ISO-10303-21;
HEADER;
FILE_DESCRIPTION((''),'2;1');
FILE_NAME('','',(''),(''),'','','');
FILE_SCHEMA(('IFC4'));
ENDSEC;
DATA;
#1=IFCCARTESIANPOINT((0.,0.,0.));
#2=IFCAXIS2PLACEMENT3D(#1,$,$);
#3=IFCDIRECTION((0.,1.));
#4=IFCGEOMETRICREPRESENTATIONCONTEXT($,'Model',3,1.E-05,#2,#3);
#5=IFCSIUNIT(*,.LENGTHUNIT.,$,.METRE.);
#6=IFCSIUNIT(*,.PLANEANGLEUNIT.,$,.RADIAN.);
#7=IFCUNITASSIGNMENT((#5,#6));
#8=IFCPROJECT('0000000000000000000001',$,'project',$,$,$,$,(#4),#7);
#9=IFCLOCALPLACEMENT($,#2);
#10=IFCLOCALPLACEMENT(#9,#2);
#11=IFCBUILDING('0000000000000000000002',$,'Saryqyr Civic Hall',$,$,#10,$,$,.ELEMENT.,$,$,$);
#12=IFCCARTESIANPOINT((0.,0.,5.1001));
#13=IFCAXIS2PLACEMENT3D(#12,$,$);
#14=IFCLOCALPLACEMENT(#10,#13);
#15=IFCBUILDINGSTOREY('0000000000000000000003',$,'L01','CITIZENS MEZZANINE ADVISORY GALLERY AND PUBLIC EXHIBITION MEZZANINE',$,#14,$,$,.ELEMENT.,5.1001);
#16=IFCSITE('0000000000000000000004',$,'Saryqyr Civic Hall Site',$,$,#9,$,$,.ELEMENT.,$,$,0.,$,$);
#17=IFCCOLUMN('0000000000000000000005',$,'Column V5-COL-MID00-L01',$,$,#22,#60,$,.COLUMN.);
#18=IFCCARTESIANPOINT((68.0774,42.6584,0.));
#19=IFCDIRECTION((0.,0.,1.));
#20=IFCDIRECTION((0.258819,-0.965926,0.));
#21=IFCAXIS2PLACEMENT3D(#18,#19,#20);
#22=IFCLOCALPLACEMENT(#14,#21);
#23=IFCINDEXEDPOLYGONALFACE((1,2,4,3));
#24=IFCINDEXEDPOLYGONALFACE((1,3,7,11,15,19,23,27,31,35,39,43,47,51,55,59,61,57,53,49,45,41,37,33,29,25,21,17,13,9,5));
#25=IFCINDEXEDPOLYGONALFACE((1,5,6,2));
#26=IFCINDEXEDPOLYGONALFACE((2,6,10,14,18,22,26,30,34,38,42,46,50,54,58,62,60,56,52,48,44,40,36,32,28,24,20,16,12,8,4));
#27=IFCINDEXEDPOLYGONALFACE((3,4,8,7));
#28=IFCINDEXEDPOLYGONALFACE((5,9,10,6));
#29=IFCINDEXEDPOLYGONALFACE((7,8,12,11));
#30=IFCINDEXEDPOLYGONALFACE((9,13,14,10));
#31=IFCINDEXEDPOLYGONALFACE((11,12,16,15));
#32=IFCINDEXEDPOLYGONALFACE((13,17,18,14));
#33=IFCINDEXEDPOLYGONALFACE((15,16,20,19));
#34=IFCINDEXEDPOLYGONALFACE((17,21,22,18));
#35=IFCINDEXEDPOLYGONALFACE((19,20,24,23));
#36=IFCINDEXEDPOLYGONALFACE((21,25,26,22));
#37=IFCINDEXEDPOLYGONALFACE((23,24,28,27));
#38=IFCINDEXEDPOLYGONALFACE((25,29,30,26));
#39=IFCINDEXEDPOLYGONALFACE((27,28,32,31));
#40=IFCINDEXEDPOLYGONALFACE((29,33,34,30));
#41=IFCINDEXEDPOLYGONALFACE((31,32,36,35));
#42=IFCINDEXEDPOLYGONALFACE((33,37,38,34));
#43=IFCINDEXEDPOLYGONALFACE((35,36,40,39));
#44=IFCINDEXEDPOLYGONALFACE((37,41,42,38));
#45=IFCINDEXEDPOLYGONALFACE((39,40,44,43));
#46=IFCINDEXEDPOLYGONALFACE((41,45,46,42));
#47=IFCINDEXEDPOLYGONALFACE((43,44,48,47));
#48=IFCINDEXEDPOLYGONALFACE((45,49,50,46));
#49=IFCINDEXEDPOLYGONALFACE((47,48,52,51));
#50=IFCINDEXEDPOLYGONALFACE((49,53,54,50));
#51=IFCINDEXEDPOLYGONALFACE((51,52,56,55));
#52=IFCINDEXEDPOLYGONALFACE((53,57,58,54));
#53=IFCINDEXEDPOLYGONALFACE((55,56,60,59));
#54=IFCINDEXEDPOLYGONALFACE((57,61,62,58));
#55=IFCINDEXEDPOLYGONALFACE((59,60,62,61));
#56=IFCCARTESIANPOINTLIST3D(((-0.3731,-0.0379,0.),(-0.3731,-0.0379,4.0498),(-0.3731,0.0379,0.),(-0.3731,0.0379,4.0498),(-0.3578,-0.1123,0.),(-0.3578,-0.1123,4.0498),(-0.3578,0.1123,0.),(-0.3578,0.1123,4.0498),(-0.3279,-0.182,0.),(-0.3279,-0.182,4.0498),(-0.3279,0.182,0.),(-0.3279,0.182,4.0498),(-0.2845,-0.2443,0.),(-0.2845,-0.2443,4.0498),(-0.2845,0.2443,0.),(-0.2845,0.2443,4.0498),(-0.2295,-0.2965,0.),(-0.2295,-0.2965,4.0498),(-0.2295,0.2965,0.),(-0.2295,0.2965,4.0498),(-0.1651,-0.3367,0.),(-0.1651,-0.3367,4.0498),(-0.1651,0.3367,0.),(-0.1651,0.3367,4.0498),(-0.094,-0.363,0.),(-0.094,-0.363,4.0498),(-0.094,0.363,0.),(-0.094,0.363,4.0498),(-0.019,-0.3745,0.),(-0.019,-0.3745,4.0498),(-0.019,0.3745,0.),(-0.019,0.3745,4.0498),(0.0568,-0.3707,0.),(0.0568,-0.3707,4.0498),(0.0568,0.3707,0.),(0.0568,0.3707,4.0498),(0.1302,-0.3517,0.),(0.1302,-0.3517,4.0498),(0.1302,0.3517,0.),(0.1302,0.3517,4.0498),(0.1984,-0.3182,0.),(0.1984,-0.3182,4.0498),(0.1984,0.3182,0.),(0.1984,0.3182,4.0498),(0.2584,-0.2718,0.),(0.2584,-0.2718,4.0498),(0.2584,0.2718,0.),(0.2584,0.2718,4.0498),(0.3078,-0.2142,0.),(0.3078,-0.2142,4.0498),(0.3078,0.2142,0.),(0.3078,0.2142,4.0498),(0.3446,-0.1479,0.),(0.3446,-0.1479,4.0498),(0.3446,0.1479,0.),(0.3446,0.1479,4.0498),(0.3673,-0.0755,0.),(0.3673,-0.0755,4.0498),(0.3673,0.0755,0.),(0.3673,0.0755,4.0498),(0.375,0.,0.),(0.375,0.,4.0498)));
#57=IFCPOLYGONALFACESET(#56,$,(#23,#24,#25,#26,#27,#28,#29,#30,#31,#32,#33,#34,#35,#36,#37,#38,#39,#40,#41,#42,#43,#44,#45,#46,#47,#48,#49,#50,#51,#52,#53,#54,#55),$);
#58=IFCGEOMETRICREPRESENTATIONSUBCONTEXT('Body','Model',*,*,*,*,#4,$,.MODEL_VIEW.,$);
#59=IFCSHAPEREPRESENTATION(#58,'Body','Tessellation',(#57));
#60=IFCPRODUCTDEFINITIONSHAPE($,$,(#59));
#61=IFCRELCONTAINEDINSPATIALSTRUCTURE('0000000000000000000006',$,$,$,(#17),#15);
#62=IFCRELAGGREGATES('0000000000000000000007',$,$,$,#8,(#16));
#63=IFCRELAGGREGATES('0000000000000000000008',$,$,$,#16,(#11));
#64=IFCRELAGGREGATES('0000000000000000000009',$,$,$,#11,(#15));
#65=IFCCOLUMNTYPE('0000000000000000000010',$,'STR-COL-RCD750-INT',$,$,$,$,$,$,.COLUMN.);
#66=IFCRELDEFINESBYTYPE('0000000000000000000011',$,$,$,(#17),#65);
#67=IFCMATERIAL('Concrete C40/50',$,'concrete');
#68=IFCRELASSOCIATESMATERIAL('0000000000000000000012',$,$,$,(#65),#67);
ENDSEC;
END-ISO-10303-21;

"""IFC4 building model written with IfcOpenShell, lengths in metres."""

from ifc_helpers import new_model, si_unit, direction, frame, origin, origin_2d, place, context, subcontext, project, spatial, circle, extrude, material, material_profile, profile_set, type_object, element, save


model = new_model("IFC4")

# Units and contexts
model_context = context("Model", 3, precision=1e-05, world=origin(), true_north=direction((0.0, 1.0)))
body_context = subcontext(model_context, "Body", "Model", "MODEL_VIEW")
ifc_project = project(units=[si_unit("LENGTHUNIT", "METRE"), si_unit("PLANEANGLEUNIT", "RADIAN")], contexts=[model_context])

# Site, building, storey
site_placement = place(None, origin())
site = spatial("IfcSite", under=ifc_project, at=site_placement, Name="Saryqyr Civic Hall Site", CompositionType="ELEMENT", RefElevation=0.0)
building_placement = place(site_placement, origin())
building = spatial("IfcBuilding", under=site, at=building_placement, Name="Saryqyr Civic Hall", CompositionType="ELEMENT")
storey_placement = place(building_placement, frame((0.0, 0.0, 5.1001)))
storey = spatial("IfcBuildingStorey", under=building, at=storey_placement, Name="L01", Description="CITIZENS MEZZANINE ADVISORY GALLERY AND PUBLIC EXHIBITION MEZZANINE", CompositionType="ELEMENT", Elevation=5.1001)

# Column
ifc_material_1 = material(Name="Concrete C40/50", Category="concrete")
ifc_material_profile_1 = material_profile(ifc_material_1, circle(Radius=0.375, at=origin_2d()), Name="RC D750")
ifc_profile_set_1 = profile_set([ifc_material_profile_1], Name="Concrete C40/50")
column_type_1 = type_object("IfcColumnType", Name="STR-COL-RCD750-INT", PredefinedType="COLUMN", material=ifc_profile_set_1)
column_placement = place(storey_placement, frame((68.0774, 42.6584, 0.0), z_axis=(0.0, 0.0, 1.0), x_axis=(0.258819, -0.965926, 0.0)))
element("IfcColumn", 1, at=column_placement, inside=storey, type_object=column_type_1, Name="Column V5-COL-MID00-L01", PredefinedType="COLUMN", context=body_context, shape_type="SweptSolid", body=[
    extrude(circle(Radius=0.375, at=origin_2d()), origin(), (0.0, 0.0, 1.0), 4.0498),
])

save(model, "model.ifc")
